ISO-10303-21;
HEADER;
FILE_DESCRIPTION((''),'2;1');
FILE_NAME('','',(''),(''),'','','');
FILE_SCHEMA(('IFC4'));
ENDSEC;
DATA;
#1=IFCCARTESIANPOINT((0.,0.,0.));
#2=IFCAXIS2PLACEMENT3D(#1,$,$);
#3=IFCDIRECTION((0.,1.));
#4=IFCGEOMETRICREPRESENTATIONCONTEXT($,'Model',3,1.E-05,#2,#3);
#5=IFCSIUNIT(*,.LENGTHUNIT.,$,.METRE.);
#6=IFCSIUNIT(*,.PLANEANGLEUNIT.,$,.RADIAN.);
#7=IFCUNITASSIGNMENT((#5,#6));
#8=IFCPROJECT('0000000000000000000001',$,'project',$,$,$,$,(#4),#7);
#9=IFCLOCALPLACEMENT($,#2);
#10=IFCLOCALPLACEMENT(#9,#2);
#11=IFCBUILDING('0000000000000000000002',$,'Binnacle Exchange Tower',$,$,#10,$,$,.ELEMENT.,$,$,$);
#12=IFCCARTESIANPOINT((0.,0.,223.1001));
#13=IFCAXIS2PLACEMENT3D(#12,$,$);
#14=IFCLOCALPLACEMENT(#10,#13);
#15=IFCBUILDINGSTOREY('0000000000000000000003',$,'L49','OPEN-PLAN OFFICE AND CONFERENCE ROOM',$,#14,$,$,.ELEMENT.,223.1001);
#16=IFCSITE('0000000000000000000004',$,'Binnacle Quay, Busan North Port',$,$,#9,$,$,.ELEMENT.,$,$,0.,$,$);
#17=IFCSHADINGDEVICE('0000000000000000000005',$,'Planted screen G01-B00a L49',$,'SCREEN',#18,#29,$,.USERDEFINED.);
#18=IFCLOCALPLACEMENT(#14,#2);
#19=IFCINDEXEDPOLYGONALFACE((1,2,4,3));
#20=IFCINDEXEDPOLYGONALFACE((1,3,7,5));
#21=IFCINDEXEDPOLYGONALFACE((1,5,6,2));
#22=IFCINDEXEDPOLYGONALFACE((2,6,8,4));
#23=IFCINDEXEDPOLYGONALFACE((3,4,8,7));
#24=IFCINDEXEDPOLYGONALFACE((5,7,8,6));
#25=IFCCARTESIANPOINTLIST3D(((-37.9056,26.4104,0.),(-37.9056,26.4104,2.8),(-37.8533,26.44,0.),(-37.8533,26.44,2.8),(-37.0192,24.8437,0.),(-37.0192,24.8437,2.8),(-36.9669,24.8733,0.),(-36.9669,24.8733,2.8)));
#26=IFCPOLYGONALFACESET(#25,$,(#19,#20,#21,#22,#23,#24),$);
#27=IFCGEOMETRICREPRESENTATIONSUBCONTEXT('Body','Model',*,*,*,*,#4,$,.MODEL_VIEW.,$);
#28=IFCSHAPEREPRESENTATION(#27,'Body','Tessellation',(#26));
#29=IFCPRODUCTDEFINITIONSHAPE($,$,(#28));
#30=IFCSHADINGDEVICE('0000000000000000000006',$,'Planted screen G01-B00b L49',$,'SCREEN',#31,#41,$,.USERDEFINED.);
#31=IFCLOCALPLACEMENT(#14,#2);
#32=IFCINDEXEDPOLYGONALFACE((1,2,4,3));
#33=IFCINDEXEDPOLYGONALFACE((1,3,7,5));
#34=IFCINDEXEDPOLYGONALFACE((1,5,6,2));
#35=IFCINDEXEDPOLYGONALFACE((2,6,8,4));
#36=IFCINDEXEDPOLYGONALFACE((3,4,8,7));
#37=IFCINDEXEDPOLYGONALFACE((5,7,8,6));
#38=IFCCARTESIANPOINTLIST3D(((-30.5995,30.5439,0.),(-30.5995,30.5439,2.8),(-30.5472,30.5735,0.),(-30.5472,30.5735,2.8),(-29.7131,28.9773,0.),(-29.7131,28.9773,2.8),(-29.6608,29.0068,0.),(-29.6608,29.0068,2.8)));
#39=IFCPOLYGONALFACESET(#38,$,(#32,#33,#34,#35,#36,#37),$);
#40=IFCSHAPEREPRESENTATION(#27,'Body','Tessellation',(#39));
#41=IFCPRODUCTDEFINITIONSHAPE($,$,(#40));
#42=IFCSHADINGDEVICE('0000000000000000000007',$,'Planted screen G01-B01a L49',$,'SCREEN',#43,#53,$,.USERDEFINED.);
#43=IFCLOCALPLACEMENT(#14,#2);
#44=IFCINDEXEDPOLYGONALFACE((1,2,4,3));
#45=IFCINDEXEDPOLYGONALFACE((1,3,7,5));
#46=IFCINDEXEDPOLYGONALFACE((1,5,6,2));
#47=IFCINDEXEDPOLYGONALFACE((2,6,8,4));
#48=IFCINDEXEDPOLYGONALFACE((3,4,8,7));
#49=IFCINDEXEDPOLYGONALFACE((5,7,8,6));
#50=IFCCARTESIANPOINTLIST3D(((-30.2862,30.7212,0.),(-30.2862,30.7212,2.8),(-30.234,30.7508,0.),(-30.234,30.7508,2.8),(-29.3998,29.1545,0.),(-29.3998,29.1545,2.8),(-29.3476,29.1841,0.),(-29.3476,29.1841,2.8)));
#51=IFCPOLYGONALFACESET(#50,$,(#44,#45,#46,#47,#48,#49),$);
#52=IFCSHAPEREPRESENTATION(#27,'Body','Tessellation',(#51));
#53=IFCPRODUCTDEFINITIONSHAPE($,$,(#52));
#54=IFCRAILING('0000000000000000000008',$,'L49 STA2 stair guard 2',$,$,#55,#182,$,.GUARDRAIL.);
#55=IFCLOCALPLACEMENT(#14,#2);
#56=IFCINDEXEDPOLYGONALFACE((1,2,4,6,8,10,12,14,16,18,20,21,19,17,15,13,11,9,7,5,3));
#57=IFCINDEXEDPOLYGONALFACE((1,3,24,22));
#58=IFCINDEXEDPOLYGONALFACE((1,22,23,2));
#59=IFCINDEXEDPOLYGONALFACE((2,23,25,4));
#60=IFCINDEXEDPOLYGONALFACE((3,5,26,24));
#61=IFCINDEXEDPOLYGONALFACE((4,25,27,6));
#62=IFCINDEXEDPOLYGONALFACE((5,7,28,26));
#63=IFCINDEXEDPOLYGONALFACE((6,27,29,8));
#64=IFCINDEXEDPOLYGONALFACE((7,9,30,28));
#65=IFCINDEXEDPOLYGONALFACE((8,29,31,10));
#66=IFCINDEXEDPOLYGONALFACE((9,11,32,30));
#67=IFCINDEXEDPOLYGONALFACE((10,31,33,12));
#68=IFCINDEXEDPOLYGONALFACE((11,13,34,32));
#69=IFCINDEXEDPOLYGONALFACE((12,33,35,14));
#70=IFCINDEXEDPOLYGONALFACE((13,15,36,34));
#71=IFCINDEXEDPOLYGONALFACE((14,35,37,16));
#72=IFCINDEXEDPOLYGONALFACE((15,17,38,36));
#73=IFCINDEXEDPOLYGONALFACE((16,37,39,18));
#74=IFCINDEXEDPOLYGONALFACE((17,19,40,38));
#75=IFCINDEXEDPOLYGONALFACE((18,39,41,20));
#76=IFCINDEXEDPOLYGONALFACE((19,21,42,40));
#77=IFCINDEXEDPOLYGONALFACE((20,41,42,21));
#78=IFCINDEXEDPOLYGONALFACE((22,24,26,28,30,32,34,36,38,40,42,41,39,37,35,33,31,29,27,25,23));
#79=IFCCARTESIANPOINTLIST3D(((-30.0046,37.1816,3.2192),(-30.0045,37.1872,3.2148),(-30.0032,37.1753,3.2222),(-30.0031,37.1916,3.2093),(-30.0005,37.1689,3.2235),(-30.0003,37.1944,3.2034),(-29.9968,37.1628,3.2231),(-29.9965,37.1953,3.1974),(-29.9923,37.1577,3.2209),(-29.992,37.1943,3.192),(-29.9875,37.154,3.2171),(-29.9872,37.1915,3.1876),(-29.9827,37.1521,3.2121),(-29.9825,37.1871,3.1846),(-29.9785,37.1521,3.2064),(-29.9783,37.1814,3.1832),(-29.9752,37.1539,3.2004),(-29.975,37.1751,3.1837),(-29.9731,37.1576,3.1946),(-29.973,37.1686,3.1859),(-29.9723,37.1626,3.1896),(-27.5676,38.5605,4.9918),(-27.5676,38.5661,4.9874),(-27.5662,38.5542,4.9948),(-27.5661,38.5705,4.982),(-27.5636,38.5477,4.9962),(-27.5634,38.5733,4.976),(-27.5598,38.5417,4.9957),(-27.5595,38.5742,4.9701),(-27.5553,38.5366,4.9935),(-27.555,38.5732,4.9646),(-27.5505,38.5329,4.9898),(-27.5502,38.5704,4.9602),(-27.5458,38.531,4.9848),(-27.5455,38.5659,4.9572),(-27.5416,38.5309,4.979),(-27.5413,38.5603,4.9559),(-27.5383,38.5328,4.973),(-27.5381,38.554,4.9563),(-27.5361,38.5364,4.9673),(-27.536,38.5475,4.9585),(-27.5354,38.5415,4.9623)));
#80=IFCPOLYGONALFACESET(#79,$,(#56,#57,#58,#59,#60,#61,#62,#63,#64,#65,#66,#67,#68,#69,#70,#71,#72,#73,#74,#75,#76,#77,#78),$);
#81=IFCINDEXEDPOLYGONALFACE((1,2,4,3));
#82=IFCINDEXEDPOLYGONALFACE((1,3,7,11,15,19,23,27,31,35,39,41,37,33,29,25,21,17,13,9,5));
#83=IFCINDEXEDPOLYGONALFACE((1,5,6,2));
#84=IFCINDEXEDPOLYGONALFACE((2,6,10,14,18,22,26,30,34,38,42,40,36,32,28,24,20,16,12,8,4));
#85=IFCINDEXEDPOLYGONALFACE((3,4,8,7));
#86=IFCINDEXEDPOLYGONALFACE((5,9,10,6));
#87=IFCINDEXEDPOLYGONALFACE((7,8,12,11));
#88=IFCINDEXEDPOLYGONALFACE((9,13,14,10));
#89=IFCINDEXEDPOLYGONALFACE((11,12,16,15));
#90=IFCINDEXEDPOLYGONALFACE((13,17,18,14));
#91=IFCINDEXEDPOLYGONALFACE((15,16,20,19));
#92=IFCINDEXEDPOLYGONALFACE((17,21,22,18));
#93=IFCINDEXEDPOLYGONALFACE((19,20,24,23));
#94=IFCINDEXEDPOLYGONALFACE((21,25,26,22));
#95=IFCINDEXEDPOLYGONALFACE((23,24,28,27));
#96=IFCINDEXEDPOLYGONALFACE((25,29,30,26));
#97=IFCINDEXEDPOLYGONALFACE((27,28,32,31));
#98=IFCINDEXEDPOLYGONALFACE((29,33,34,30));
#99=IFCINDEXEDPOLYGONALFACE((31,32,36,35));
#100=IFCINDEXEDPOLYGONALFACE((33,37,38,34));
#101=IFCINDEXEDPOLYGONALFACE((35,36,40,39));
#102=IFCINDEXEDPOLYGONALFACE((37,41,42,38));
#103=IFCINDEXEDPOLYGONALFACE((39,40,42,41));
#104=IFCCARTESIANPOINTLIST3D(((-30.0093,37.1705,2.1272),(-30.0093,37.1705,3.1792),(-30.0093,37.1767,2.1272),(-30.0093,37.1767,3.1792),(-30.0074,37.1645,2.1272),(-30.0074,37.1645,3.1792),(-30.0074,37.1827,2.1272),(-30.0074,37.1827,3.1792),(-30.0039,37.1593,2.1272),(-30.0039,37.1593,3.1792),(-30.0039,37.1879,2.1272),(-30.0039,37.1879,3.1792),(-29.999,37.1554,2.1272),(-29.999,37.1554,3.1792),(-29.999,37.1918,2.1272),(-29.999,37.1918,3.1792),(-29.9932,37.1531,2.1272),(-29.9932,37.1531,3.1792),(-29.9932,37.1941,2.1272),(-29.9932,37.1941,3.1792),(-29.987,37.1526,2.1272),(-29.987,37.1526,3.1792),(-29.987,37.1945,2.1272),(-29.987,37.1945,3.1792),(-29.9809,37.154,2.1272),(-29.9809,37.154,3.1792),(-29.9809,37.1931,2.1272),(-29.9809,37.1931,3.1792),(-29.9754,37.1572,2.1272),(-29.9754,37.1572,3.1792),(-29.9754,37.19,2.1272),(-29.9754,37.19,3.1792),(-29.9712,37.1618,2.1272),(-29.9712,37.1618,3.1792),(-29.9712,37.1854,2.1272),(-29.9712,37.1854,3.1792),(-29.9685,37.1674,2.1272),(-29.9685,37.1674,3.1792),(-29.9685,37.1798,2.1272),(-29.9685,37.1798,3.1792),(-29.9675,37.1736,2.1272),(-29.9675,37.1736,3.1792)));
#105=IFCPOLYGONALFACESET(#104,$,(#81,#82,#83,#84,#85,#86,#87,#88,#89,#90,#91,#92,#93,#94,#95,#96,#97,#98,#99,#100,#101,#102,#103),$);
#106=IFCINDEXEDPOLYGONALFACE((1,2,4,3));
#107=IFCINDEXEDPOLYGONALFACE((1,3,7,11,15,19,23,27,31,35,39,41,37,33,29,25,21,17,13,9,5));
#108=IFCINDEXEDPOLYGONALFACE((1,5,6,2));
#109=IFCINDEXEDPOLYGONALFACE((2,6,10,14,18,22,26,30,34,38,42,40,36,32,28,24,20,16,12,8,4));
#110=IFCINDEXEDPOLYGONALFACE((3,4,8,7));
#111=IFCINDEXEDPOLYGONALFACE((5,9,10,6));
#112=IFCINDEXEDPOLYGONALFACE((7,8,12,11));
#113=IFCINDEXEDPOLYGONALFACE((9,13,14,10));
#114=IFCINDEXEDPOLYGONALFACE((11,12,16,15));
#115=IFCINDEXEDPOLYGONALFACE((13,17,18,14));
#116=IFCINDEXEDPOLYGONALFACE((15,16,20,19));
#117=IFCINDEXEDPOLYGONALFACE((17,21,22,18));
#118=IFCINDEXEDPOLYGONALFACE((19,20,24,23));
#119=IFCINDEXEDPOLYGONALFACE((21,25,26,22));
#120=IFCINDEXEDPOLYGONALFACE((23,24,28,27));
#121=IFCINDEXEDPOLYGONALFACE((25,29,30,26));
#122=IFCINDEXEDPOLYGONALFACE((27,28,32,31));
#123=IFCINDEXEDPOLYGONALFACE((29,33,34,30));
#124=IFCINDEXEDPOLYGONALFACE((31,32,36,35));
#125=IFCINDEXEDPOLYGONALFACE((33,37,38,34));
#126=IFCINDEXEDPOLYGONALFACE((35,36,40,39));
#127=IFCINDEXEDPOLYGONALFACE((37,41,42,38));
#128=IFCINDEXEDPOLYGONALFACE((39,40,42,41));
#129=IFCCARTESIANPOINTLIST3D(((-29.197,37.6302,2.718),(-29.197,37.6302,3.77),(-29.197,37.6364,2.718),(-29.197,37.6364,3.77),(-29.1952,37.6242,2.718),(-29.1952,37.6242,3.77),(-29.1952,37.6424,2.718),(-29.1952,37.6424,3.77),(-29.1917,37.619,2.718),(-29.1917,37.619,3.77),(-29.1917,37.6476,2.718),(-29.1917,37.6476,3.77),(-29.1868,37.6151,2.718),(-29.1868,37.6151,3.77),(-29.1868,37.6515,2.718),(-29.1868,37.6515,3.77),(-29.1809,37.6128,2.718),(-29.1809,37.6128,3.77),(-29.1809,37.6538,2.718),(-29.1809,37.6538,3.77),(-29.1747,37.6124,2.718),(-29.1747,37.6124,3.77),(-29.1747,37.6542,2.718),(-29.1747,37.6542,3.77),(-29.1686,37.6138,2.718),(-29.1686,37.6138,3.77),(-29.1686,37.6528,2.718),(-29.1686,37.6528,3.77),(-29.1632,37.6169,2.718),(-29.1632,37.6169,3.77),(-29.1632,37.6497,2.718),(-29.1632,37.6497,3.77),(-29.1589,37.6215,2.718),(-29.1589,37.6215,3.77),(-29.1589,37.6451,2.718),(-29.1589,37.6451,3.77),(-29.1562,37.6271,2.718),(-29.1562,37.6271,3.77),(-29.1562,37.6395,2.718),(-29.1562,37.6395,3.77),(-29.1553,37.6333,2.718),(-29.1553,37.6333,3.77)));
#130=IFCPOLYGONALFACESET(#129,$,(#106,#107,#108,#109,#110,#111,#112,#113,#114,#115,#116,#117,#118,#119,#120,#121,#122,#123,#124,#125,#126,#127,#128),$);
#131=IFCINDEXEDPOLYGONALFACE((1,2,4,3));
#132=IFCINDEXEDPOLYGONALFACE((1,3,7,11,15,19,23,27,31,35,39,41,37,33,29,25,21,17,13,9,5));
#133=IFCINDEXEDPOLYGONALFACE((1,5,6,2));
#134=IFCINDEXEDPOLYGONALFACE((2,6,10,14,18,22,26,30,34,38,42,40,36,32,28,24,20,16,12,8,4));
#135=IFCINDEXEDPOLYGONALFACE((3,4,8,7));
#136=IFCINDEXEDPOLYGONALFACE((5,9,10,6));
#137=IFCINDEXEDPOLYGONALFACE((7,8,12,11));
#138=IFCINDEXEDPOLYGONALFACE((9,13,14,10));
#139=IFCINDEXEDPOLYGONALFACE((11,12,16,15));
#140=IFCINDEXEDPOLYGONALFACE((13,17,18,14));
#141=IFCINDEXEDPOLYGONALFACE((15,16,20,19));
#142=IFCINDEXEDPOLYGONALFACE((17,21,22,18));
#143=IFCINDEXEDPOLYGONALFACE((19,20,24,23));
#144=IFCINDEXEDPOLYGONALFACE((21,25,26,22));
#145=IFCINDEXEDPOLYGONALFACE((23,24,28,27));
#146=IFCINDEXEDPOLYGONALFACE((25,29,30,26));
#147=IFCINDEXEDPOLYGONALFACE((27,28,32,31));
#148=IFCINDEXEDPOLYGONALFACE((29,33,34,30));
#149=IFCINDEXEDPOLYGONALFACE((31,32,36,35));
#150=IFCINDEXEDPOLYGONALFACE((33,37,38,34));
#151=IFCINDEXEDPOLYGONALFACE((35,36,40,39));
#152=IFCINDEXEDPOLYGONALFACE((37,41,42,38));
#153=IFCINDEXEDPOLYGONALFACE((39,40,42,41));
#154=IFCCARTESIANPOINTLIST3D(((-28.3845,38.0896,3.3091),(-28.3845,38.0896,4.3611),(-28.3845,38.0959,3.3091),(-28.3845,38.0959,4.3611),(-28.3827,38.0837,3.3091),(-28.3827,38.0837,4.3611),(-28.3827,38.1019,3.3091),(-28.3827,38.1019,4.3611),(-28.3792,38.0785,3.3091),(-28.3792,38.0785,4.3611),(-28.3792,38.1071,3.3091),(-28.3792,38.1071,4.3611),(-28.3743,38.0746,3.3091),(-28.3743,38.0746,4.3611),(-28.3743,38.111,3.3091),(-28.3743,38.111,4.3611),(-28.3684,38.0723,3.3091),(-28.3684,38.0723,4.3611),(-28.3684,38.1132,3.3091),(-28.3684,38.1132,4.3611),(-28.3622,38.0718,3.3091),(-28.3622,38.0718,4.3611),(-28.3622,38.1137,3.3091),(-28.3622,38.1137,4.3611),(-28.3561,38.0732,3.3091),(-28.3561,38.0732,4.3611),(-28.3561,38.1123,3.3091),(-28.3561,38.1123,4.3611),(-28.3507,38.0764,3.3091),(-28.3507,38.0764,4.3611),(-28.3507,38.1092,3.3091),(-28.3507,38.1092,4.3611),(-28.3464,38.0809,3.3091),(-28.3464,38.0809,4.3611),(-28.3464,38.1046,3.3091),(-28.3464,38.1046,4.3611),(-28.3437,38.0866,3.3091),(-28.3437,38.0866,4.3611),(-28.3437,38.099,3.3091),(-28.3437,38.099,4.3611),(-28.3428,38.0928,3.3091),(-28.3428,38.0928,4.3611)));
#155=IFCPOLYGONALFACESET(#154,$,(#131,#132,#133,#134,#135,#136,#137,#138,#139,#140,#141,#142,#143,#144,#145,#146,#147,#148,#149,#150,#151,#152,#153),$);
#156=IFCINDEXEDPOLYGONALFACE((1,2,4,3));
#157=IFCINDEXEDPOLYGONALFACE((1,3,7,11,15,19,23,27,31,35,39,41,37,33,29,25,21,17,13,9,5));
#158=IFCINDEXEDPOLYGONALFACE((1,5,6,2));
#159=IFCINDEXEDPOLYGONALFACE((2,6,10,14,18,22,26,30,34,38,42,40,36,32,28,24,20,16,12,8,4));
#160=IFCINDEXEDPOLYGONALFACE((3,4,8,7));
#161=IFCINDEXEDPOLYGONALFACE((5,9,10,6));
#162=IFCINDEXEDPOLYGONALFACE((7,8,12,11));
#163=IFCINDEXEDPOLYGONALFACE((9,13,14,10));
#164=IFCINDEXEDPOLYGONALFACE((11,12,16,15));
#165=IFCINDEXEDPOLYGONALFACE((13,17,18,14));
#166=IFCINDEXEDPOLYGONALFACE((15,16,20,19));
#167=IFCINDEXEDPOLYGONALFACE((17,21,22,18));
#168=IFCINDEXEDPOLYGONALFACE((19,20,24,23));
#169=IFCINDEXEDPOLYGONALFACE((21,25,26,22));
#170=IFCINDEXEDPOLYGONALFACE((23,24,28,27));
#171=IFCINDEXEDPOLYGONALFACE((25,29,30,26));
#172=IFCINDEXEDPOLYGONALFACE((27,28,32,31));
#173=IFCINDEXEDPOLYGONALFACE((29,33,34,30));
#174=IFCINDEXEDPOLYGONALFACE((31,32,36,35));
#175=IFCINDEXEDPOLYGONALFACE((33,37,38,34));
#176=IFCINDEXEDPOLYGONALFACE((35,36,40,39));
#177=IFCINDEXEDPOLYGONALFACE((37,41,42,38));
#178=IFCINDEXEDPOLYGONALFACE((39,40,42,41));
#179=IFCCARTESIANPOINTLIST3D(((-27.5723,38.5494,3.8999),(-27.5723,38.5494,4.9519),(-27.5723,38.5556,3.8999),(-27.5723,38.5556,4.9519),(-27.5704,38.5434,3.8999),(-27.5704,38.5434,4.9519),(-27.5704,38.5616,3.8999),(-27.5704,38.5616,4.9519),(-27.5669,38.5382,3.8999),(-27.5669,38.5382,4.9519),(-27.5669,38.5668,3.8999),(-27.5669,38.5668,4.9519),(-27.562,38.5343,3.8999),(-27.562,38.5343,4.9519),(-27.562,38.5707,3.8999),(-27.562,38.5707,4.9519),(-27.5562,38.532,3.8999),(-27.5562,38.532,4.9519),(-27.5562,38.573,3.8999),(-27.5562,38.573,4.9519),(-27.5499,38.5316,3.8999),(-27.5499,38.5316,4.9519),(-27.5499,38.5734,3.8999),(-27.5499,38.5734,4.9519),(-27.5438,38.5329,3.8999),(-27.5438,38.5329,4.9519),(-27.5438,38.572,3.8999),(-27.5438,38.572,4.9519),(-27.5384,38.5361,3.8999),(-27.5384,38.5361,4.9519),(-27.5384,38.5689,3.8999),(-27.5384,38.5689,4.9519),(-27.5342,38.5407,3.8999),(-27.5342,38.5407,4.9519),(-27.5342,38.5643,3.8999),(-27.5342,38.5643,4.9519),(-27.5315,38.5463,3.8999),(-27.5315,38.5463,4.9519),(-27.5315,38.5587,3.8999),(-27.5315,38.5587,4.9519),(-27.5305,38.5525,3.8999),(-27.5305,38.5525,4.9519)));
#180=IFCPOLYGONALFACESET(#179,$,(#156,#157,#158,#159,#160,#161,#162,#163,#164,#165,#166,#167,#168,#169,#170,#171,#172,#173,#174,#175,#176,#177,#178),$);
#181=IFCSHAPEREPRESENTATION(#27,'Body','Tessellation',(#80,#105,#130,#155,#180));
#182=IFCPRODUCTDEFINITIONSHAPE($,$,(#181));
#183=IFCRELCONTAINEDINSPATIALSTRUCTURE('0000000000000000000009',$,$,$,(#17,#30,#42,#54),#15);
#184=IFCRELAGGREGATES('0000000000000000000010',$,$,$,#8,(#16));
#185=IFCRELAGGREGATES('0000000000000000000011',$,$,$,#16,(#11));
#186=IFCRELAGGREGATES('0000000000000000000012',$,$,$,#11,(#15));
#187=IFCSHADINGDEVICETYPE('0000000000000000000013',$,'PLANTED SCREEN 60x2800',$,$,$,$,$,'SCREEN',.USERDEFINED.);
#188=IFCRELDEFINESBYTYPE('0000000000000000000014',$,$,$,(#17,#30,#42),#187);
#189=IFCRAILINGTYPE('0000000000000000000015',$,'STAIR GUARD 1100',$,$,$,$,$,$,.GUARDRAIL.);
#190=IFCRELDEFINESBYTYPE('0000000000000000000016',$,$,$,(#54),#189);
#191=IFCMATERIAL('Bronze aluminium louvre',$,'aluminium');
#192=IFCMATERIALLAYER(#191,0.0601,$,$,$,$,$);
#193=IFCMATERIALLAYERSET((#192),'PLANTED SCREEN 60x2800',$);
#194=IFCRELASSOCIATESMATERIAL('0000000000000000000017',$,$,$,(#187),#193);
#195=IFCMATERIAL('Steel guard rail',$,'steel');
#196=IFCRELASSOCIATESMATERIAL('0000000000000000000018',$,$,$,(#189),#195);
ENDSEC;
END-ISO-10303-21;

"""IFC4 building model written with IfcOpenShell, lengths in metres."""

from ifc_helpers import new_model, si_unit, direction, frame, origin, origin_2d, place, context, subcontext, project, spatial, rectangle, circle, extrude, material, layer, layer_set, type_object, element, save


model = new_model("IFC4")

# Units and contexts
model_context = context("Model", 3, precision=1e-05, world=origin(), true_north=direction((0.0, 1.0)))
body_context = subcontext(model_context, "Body", "Model", "MODEL_VIEW")
ifc_project = project(units=[si_unit("LENGTHUNIT", "METRE"), si_unit("PLANEANGLEUNIT", "RADIAN")], contexts=[model_context])

# Site, building, storey
site_placement = place(None, origin())
site = spatial("IfcSite", under=ifc_project, at=site_placement, Name="Binnacle Quay, Busan North Port", CompositionType="ELEMENT", RefElevation=0.0)
building_placement = place(site_placement, origin())
building = spatial("IfcBuilding", under=site, at=building_placement, Name="Binnacle Exchange Tower", CompositionType="ELEMENT")
storey_placement = place(building_placement, frame((0.0, 0.0, 223.1001)))
storey = spatial("IfcBuildingStorey", under=building, at=storey_placement, Name="L49", Description="OPEN-PLAN OFFICE AND CONFERENCE ROOM", CompositionType="ELEMENT", Elevation=223.1001)

# Shading devices
ifc_material_1 = material(Name="Bronze aluminium louvre", Category="aluminium")
ifc_layer_1 = layer(ifc_material_1, 0.0601)
ifc_layer_set_1 = layer_set([ifc_layer_1], Name="PLANTED SCREEN 60x2800")
shading_device_type = type_object("IfcShadingDeviceType", Name="PLANTED SCREEN 60x2800", ElementType="SCREEN", PredefinedType="USERDEFINED", material=ifc_layer_set_1)
for number, where, z_axis, x_axis, name in (
    (1, (-37.4363, 25.6418, 0.0), (0.0, 0.0, 1.0), (0.870356, 0.492424, 0.0), "Planted screen G01-B00a L49"),
    (2, (-30.1301, 29.7754, 0.0), (0.0, 0.0, 1.0), (0.870356, 0.492424, 0.0), "Planted screen G01-B00b L49"),
    (3, (-29.8169, 29.9526, 0.0), (0.0, 0.0, 1.0), (0.870356, 0.492424, 0.0), "Planted screen G01-B01a L49"),
):
    element("IfcShadingDevice", number, at=place(storey_placement, frame(where, z_axis=z_axis, x_axis=x_axis)), inside=storey, type_object=shading_device_type, Name=name, ObjectType="SCREEN", PredefinedType="USERDEFINED", context=body_context, shape_type="SweptSolid", body=[
        extrude(rectangle(XDim=0.0601, YDim=1.8, at=origin_2d()), origin(), (0.0, 0.0, 1.0), 2.8),
    ])

# Railing
ifc_material_2 = material(Name="Steel guard rail", Category="steel")
railing_type_1 = type_object("IfcRailingType", Name="STAIR GUARD 1100", PredefinedType="GUARDRAIL", material=ifc_material_2)
railing_1_placement = place(storey_placement, frame((-29.9885, 37.1736, 2.1272)))
element("IfcRailing", 4, at=railing_1_placement, inside=storey, type_object=railing_type_1, Name="L49 STA2 stair guard 2", PredefinedType="GUARDRAIL", context=body_context, shape_type="SweptSolid", body=[
    extrude(circle(Radius=0.0239, at=origin_2d()), frame((0.0, 0.0, 1.0762), z_axis=(0.735359, 0.41608, 0.534907), x_axis=(-0.492454, 0.870339, 0.0)), (0.0, 0.0, 1.0), 3.314),
    extrude(circle(Radius=0.021, at=origin_2d()), origin(), (0.0, 0.0, 1.0), 1.052),
    extrude(circle(Radius=0.021, at=origin_2d()), frame((0.8123, 0.4597, 0.5908)), (0.0, 0.0, 1.0), 1.052),
    extrude(circle(Radius=0.021, at=origin_2d()), frame((1.6248, 0.9192, 1.1819)), (0.0, 0.0, 1.0), 1.052),
    extrude(circle(Radius=0.021, at=origin_2d()), frame((2.437, 1.3789, 1.7727)), (0.0, 0.0, 1.0), 1.052),
])

save(model, "model.ifc")
